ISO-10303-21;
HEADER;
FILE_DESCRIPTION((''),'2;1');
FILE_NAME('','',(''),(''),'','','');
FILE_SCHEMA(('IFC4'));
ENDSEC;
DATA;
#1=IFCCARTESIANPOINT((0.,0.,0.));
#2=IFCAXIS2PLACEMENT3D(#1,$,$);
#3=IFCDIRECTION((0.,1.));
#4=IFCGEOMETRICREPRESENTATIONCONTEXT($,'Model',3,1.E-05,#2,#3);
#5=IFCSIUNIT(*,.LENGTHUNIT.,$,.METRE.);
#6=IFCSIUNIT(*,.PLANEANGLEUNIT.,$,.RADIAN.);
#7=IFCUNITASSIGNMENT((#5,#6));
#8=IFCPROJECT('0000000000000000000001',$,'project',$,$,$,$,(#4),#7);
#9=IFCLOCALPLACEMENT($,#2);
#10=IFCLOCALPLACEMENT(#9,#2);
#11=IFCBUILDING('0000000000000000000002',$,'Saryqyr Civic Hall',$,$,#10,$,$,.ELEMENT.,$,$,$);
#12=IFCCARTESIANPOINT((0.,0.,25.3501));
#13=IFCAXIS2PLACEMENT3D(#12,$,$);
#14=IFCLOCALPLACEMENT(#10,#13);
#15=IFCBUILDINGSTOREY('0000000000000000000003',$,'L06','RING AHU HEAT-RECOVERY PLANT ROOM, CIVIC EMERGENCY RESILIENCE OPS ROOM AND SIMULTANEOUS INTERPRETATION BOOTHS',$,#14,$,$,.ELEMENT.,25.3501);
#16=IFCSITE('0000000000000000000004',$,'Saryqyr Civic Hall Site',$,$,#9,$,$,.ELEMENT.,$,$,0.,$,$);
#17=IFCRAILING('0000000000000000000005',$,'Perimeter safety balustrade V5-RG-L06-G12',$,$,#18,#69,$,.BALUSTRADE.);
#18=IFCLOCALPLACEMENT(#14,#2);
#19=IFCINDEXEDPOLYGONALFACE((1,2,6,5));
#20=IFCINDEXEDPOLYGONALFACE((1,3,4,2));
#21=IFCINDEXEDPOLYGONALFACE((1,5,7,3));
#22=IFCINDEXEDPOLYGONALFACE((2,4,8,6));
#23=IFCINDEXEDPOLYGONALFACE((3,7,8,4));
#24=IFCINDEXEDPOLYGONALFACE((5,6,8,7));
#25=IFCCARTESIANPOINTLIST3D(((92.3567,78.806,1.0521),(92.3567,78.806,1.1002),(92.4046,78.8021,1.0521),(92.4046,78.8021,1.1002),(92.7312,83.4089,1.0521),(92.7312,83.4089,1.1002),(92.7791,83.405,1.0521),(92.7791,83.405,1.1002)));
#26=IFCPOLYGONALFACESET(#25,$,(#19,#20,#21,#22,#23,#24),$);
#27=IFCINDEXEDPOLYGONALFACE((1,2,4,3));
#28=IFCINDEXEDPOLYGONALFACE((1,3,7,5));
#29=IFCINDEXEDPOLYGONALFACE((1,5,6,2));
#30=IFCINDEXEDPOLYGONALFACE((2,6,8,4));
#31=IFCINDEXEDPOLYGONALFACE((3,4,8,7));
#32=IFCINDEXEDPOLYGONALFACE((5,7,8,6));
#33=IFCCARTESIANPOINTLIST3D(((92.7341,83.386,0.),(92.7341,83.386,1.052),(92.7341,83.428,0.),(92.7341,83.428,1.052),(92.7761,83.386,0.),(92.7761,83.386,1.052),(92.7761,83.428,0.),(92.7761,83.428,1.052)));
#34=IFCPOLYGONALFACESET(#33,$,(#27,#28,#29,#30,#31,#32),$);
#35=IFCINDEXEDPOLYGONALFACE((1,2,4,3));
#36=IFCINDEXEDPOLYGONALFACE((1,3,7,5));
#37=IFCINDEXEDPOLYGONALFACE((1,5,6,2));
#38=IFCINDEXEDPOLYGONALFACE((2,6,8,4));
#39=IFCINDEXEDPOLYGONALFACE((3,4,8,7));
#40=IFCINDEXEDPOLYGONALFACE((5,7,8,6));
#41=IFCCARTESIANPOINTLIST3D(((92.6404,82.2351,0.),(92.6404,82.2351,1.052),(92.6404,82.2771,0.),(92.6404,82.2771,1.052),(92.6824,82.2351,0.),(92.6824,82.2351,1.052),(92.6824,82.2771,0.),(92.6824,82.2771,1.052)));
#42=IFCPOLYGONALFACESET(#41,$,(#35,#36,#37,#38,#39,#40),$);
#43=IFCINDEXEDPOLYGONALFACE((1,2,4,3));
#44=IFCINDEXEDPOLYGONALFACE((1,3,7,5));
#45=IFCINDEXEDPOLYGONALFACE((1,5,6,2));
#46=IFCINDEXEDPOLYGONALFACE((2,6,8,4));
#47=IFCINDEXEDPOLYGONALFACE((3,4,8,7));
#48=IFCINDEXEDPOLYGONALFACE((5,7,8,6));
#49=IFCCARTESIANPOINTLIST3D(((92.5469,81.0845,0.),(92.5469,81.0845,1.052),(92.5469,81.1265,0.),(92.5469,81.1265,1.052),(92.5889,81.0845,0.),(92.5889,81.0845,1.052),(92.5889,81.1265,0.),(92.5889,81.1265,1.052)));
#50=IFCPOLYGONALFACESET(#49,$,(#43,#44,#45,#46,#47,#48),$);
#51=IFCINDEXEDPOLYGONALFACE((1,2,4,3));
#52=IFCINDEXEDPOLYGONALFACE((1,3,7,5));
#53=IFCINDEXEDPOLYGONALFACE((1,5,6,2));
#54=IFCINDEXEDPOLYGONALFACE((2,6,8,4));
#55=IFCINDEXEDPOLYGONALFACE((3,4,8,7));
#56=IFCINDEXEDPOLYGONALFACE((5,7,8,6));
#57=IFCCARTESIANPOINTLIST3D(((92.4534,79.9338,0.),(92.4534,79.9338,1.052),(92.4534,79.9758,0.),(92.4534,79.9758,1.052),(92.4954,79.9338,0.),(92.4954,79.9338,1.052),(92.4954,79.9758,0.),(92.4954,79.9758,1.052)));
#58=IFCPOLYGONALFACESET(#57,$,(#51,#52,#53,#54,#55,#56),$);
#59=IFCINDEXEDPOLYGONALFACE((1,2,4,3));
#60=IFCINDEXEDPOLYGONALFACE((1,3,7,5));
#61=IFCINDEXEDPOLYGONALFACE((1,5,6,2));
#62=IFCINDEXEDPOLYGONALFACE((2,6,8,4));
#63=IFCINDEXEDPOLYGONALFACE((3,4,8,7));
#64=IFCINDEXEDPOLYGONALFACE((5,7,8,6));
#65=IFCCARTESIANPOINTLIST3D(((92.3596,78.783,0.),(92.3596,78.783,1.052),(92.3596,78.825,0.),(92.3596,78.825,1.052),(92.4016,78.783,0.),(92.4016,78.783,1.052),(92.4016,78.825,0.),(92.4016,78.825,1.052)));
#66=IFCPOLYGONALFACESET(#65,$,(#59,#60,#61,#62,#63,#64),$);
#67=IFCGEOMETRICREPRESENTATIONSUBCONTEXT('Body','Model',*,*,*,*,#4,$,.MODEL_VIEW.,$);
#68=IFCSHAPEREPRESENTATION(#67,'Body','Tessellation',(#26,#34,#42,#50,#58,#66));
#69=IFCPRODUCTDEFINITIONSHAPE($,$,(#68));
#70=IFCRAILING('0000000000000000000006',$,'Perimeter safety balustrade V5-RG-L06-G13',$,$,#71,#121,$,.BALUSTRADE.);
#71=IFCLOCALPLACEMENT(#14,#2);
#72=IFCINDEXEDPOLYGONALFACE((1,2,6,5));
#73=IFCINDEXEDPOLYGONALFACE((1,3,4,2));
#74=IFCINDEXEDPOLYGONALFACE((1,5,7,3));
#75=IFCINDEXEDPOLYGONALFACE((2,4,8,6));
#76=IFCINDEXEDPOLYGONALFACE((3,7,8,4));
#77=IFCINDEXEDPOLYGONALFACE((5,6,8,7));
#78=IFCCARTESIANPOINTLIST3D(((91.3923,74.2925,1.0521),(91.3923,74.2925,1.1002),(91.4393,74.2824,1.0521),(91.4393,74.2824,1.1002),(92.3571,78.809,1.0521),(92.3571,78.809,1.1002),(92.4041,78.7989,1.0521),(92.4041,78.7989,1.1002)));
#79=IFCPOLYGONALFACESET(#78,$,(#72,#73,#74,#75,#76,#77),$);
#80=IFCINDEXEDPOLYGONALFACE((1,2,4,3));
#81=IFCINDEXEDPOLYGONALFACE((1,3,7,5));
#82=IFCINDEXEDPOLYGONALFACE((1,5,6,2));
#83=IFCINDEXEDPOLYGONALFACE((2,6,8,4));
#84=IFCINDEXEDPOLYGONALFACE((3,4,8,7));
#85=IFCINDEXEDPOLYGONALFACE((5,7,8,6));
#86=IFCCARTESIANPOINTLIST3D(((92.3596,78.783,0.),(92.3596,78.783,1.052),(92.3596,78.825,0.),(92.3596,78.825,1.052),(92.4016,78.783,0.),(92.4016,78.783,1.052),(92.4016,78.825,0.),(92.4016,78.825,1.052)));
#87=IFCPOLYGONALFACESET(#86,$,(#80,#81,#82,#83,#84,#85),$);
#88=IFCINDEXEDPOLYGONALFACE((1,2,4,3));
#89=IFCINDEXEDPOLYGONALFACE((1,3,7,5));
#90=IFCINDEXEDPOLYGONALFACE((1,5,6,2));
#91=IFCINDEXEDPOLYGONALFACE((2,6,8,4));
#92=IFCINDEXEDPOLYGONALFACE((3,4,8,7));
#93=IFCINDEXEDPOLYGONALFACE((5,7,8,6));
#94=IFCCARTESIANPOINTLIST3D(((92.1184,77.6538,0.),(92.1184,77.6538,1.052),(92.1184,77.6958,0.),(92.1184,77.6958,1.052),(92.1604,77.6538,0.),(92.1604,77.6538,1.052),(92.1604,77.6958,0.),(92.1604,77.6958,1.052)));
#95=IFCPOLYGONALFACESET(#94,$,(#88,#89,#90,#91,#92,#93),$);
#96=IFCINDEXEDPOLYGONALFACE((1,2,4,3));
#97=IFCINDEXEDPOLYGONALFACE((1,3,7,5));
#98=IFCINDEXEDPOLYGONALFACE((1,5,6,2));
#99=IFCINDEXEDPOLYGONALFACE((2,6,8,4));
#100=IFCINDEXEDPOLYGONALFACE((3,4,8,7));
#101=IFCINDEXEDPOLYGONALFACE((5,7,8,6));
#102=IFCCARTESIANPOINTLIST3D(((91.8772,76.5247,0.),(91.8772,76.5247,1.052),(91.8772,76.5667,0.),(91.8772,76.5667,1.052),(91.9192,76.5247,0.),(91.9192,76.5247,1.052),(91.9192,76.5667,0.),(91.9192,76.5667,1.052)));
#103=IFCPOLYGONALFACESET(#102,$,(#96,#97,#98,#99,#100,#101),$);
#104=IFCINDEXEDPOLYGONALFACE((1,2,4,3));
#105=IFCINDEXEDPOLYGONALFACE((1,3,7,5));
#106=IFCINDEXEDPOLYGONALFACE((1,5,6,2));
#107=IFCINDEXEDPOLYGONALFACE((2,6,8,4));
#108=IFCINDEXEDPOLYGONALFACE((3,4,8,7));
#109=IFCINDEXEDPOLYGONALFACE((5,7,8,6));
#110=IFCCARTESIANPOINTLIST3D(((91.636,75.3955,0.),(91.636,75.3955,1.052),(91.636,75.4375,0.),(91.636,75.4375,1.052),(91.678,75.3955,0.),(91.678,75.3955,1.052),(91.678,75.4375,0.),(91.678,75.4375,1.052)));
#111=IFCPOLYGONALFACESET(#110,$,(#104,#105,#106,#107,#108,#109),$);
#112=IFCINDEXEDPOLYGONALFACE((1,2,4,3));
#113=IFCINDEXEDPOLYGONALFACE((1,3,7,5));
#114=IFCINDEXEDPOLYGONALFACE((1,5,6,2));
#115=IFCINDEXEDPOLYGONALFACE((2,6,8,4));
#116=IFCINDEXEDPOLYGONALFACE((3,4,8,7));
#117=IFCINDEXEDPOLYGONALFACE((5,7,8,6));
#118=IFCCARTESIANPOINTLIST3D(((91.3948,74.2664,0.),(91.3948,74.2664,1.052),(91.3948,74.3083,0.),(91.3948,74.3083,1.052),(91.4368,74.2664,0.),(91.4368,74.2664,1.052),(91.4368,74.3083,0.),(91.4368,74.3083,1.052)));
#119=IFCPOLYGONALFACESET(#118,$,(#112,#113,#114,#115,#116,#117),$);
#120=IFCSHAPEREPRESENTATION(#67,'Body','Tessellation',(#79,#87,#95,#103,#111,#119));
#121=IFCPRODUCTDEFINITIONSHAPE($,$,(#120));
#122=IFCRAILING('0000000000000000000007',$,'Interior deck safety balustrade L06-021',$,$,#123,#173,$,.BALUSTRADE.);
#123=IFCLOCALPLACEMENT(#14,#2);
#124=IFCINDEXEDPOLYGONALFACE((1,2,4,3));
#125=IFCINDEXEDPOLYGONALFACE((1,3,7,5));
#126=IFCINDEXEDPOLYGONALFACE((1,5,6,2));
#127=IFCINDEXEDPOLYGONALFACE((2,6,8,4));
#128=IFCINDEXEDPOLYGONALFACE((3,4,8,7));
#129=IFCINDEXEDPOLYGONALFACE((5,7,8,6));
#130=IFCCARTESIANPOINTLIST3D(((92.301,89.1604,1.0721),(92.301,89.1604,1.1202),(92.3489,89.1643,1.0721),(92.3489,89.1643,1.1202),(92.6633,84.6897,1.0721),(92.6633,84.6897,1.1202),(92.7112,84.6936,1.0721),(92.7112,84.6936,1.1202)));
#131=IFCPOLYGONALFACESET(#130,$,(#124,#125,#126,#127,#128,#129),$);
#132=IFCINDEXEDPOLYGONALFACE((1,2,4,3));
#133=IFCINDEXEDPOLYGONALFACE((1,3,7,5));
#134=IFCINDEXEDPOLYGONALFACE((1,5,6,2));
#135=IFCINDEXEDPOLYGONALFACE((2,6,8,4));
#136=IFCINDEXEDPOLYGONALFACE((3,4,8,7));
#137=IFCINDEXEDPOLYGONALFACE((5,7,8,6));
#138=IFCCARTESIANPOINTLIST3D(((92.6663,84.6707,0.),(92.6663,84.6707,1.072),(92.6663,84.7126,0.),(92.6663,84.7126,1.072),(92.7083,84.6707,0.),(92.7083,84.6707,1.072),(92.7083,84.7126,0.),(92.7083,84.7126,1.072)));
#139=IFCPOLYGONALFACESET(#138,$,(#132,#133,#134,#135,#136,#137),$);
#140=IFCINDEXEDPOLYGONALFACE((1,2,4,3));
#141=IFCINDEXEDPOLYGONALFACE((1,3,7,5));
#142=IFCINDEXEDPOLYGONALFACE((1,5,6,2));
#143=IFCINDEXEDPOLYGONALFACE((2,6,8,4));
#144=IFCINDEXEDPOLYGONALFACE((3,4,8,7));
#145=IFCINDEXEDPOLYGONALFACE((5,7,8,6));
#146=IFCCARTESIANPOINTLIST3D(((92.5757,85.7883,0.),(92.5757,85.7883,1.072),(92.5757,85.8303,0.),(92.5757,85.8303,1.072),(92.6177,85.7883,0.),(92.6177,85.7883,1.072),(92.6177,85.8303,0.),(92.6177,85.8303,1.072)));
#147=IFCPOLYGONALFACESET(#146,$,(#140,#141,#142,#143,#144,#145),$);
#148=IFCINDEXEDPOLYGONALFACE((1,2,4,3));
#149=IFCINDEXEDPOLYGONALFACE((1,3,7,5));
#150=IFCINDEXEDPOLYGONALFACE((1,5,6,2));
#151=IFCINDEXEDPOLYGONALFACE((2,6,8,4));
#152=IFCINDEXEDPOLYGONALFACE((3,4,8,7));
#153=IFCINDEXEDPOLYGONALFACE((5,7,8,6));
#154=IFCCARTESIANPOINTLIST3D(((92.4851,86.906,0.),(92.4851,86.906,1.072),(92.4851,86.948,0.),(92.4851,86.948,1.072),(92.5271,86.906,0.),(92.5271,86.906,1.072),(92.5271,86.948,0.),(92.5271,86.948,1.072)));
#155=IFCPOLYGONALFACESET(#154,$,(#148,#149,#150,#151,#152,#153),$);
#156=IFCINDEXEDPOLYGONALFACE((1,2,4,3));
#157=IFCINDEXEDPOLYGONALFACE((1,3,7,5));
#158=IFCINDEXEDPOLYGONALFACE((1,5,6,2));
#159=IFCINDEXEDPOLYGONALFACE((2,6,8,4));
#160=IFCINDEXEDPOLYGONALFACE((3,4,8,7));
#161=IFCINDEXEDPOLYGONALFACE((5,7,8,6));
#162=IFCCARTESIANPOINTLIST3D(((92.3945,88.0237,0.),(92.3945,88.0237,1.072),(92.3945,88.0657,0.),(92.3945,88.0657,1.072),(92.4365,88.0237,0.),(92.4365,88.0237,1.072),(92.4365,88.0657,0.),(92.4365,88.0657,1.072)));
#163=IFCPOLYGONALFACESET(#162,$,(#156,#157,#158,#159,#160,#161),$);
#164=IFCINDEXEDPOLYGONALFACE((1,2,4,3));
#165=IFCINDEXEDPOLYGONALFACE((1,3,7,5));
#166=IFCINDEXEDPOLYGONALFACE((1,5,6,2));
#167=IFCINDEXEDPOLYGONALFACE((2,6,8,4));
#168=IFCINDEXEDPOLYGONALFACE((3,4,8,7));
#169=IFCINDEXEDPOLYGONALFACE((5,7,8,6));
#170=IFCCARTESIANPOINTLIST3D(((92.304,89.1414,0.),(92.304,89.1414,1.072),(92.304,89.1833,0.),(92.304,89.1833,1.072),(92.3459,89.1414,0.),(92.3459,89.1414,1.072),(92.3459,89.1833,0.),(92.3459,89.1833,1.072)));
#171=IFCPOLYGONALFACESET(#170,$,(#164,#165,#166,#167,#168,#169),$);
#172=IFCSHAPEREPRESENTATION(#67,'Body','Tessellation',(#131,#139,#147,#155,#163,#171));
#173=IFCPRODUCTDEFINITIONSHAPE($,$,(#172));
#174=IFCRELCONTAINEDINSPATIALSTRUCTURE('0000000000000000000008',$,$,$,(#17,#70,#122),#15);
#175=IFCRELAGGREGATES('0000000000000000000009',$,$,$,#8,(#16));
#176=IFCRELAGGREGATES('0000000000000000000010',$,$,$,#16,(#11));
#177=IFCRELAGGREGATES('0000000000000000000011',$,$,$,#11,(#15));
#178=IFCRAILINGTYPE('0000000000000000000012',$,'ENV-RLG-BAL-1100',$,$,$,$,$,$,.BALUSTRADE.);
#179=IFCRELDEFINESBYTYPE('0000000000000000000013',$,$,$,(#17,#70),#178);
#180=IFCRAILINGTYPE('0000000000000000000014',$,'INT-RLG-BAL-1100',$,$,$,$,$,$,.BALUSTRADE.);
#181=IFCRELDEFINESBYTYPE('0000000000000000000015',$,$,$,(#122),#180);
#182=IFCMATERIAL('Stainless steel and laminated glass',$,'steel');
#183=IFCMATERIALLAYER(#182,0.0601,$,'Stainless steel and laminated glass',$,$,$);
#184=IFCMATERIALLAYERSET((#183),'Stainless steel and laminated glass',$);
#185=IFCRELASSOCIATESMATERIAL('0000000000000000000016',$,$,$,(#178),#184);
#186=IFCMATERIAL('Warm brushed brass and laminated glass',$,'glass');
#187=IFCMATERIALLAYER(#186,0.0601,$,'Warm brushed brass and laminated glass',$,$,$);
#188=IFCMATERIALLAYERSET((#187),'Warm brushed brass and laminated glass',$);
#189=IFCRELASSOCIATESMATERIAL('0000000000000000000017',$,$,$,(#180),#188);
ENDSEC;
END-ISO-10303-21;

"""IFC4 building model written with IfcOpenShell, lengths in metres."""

from ifc_helpers import new_model, si_unit, direction, frame, origin, origin_2d, place, context, subcontext, project, spatial, rectangle, extrude, material, layer, layer_set, type_object, element, save


model = new_model("IFC4")

# Units and contexts
model_context = context("Model", 3, precision=1e-05, world=origin(), true_north=direction((0.0, 1.0)))
body_context = subcontext(model_context, "Body", "Model", "MODEL_VIEW")
ifc_project = project(units=[si_unit("LENGTHUNIT", "METRE"), si_unit("PLANEANGLEUNIT", "RADIAN")], contexts=[model_context])

# Site, building, storey
site_placement = place(None, origin())
site = spatial("IfcSite", under=ifc_project, at=site_placement, Name="Saryqyr Civic Hall Site", CompositionType="ELEMENT", RefElevation=0.0)
building_placement = place(site_placement, origin())
building = spatial("IfcBuilding", under=site, at=building_placement, Name="Saryqyr Civic Hall", CompositionType="ELEMENT")
storey_placement = place(building_placement, frame((0.0, 0.0, 25.3501)))
storey = spatial("IfcBuildingStorey", under=building, at=storey_placement, Name="L06", Description="RING AHU HEAT-RECOVERY PLANT ROOM, CIVIC EMERGENCY RESILIENCE OPS ROOM AND SIMULTANEOUS INTERPRETATION BOOTHS", CompositionType="ELEMENT", Elevation=25.3501)

# Railings
ifc_material_1 = material(Name="Stainless steel and laminated glass", Category="steel")
ifc_layer_1 = layer(ifc_material_1, 0.0601, Name="Stainless steel and laminated glass")
ifc_layer_set_1 = layer_set([ifc_layer_1], Name="Stainless steel and laminated glass")
railing_type_1 = type_object("IfcRailingType", Name="ENV-RLG-BAL-1100", PredefinedType="BALUSTRADE", material=ifc_layer_set_1)
railing_1_placement = place(storey_placement, frame((92.7551, 83.407, 0.0)))
element("IfcRailing", 1, at=railing_1_placement, inside=storey, type_object=railing_type_1, Name="Perimeter safety balustrade V5-RG-L06-G12", PredefinedType="BALUSTRADE", context=body_context, shape_type="SweptSolid", body=[
    extrude(rectangle(XDim=0.0481, YDim=0.0481, at=origin_2d()), frame((0.0, 0.0, 1.0762), z_axis=(-0.081094, -0.996706, 0.0), x_axis=(0.996706, -0.081094, 0.0)), (0.0, 0.0, 1.0), 4.6182),
    extrude(rectangle(XDim=0.042, YDim=0.042, at=origin_2d()), origin(), (0.0, 0.0, 1.0), 1.052),
    extrude(rectangle(XDim=0.042, YDim=0.042, at=origin_2d()), frame((-0.0938, -1.1509, 0.0)), (0.0, 0.0, 1.0), 1.052),
    extrude(rectangle(XDim=0.042, YDim=0.042, at=origin_2d()), frame((-0.1873, -2.3015, 0.0)), (0.0, 0.0, 1.0), 1.052),
    extrude(rectangle(XDim=0.042, YDim=0.042, at=origin_2d()), frame((-0.2808, -3.4521, 0.0)), (0.0, 0.0, 1.0), 1.052),
    extrude(rectangle(XDim=0.042, YDim=0.042, at=origin_2d()), frame((-0.3745, -4.603, 0.0)), (0.0, 0.0, 1.0), 1.052),
])
railing_2_placement = place(storey_placement, frame((92.3806, 78.804, 0.0)))
element("IfcRailing", 2, at=railing_2_placement, inside=storey, type_object=railing_type_1, Name="Perimeter safety balustrade V5-RG-L06-G13", PredefinedType="BALUSTRADE", context=body_context, shape_type="SweptSolid", body=[
    extrude(rectangle(XDim=0.0481, YDim=0.0481, at=origin_2d()), frame((0.0, 0.0, 1.0762), z_axis=(-0.208908, -0.977935, 0.0), x_axis=(0.977935, -0.208908, 0.0)), (0.0, 0.0, 1.0), 4.6184),
    extrude(rectangle(XDim=0.042, YDim=0.042, at=origin_2d()), origin(), (0.0, 0.0, 1.0), 1.052),
    extrude(rectangle(XDim=0.042, YDim=0.042, at=origin_2d()), frame((-0.2412, -1.1292, 0.0)), (0.0, 0.0, 1.0), 1.052),
    extrude(rectangle(XDim=0.042, YDim=0.042, at=origin_2d()), frame((-0.4824, -2.2583, 0.0)), (0.0, 0.0, 1.0), 1.052),
    extrude(rectangle(XDim=0.042, YDim=0.042, at=origin_2d()), frame((-0.7236, -3.3875, 0.0)), (0.0, 0.0, 1.0), 1.052),
    extrude(rectangle(XDim=0.042, YDim=0.042, at=origin_2d()), frame((-0.9648, -4.5166, 0.0)), (0.0, 0.0, 1.0), 1.052),
])
ifc_material_2 = material(Name="Warm brushed brass and laminated glass", Category="glass")
ifc_layer_2 = layer(ifc_material_2, 0.0601, Name="Warm brushed brass and laminated glass")
ifc_layer_set_2 = layer_set([ifc_layer_2], Name="Warm brushed brass and laminated glass")
railing_type_2 = type_object("IfcRailingType", Name="INT-RLG-BAL-1100", PredefinedType="BALUSTRADE", material=ifc_layer_set_2)
railing_3_placement = place(storey_placement, frame((92.6873, 84.6917, 0.0)))
element("IfcRailing", 3, at=railing_3_placement, inside=storey, type_object=railing_type_2, Name="Interior deck safety balustrade L06-021", PredefinedType="BALUSTRADE", context=body_context, shape_type="SweptSolid", body=[
    extrude(rectangle(XDim=0.0481, YDim=0.0481, at=origin_2d()), frame((0.0, 0.0, 1.0962), z_axis=(-0.080775, 0.996732, 0.0), x_axis=(-0.996732, -0.080775, 0.0)), (0.0, 0.0, 1.0), 4.4854),
    extrude(rectangle(XDim=0.042, YDim=0.042, at=origin_2d()), origin(), (0.0, 0.0, 1.0), 1.072),
    extrude(rectangle(XDim=0.042, YDim=0.042, at=origin_2d()), frame((-0.0906, 1.1177, 0.0)), (0.0, 0.0, 1.0), 1.072),
    extrude(rectangle(XDim=0.042, YDim=0.042, at=origin_2d()), frame((-0.1812, 2.2354, 0.0)), (0.0, 0.0, 1.0), 1.072),
    extrude(rectangle(XDim=0.042, YDim=0.042, at=origin_2d()), frame((-0.2717, 3.353, 0.0)), (0.0, 0.0, 1.0), 1.072),
    extrude(rectangle(XDim=0.042, YDim=0.042, at=origin_2d()), frame((-0.3623, 4.4707, 0.0)), (0.0, 0.0, 1.0), 1.072),
])

save(model, "model.ifc")
